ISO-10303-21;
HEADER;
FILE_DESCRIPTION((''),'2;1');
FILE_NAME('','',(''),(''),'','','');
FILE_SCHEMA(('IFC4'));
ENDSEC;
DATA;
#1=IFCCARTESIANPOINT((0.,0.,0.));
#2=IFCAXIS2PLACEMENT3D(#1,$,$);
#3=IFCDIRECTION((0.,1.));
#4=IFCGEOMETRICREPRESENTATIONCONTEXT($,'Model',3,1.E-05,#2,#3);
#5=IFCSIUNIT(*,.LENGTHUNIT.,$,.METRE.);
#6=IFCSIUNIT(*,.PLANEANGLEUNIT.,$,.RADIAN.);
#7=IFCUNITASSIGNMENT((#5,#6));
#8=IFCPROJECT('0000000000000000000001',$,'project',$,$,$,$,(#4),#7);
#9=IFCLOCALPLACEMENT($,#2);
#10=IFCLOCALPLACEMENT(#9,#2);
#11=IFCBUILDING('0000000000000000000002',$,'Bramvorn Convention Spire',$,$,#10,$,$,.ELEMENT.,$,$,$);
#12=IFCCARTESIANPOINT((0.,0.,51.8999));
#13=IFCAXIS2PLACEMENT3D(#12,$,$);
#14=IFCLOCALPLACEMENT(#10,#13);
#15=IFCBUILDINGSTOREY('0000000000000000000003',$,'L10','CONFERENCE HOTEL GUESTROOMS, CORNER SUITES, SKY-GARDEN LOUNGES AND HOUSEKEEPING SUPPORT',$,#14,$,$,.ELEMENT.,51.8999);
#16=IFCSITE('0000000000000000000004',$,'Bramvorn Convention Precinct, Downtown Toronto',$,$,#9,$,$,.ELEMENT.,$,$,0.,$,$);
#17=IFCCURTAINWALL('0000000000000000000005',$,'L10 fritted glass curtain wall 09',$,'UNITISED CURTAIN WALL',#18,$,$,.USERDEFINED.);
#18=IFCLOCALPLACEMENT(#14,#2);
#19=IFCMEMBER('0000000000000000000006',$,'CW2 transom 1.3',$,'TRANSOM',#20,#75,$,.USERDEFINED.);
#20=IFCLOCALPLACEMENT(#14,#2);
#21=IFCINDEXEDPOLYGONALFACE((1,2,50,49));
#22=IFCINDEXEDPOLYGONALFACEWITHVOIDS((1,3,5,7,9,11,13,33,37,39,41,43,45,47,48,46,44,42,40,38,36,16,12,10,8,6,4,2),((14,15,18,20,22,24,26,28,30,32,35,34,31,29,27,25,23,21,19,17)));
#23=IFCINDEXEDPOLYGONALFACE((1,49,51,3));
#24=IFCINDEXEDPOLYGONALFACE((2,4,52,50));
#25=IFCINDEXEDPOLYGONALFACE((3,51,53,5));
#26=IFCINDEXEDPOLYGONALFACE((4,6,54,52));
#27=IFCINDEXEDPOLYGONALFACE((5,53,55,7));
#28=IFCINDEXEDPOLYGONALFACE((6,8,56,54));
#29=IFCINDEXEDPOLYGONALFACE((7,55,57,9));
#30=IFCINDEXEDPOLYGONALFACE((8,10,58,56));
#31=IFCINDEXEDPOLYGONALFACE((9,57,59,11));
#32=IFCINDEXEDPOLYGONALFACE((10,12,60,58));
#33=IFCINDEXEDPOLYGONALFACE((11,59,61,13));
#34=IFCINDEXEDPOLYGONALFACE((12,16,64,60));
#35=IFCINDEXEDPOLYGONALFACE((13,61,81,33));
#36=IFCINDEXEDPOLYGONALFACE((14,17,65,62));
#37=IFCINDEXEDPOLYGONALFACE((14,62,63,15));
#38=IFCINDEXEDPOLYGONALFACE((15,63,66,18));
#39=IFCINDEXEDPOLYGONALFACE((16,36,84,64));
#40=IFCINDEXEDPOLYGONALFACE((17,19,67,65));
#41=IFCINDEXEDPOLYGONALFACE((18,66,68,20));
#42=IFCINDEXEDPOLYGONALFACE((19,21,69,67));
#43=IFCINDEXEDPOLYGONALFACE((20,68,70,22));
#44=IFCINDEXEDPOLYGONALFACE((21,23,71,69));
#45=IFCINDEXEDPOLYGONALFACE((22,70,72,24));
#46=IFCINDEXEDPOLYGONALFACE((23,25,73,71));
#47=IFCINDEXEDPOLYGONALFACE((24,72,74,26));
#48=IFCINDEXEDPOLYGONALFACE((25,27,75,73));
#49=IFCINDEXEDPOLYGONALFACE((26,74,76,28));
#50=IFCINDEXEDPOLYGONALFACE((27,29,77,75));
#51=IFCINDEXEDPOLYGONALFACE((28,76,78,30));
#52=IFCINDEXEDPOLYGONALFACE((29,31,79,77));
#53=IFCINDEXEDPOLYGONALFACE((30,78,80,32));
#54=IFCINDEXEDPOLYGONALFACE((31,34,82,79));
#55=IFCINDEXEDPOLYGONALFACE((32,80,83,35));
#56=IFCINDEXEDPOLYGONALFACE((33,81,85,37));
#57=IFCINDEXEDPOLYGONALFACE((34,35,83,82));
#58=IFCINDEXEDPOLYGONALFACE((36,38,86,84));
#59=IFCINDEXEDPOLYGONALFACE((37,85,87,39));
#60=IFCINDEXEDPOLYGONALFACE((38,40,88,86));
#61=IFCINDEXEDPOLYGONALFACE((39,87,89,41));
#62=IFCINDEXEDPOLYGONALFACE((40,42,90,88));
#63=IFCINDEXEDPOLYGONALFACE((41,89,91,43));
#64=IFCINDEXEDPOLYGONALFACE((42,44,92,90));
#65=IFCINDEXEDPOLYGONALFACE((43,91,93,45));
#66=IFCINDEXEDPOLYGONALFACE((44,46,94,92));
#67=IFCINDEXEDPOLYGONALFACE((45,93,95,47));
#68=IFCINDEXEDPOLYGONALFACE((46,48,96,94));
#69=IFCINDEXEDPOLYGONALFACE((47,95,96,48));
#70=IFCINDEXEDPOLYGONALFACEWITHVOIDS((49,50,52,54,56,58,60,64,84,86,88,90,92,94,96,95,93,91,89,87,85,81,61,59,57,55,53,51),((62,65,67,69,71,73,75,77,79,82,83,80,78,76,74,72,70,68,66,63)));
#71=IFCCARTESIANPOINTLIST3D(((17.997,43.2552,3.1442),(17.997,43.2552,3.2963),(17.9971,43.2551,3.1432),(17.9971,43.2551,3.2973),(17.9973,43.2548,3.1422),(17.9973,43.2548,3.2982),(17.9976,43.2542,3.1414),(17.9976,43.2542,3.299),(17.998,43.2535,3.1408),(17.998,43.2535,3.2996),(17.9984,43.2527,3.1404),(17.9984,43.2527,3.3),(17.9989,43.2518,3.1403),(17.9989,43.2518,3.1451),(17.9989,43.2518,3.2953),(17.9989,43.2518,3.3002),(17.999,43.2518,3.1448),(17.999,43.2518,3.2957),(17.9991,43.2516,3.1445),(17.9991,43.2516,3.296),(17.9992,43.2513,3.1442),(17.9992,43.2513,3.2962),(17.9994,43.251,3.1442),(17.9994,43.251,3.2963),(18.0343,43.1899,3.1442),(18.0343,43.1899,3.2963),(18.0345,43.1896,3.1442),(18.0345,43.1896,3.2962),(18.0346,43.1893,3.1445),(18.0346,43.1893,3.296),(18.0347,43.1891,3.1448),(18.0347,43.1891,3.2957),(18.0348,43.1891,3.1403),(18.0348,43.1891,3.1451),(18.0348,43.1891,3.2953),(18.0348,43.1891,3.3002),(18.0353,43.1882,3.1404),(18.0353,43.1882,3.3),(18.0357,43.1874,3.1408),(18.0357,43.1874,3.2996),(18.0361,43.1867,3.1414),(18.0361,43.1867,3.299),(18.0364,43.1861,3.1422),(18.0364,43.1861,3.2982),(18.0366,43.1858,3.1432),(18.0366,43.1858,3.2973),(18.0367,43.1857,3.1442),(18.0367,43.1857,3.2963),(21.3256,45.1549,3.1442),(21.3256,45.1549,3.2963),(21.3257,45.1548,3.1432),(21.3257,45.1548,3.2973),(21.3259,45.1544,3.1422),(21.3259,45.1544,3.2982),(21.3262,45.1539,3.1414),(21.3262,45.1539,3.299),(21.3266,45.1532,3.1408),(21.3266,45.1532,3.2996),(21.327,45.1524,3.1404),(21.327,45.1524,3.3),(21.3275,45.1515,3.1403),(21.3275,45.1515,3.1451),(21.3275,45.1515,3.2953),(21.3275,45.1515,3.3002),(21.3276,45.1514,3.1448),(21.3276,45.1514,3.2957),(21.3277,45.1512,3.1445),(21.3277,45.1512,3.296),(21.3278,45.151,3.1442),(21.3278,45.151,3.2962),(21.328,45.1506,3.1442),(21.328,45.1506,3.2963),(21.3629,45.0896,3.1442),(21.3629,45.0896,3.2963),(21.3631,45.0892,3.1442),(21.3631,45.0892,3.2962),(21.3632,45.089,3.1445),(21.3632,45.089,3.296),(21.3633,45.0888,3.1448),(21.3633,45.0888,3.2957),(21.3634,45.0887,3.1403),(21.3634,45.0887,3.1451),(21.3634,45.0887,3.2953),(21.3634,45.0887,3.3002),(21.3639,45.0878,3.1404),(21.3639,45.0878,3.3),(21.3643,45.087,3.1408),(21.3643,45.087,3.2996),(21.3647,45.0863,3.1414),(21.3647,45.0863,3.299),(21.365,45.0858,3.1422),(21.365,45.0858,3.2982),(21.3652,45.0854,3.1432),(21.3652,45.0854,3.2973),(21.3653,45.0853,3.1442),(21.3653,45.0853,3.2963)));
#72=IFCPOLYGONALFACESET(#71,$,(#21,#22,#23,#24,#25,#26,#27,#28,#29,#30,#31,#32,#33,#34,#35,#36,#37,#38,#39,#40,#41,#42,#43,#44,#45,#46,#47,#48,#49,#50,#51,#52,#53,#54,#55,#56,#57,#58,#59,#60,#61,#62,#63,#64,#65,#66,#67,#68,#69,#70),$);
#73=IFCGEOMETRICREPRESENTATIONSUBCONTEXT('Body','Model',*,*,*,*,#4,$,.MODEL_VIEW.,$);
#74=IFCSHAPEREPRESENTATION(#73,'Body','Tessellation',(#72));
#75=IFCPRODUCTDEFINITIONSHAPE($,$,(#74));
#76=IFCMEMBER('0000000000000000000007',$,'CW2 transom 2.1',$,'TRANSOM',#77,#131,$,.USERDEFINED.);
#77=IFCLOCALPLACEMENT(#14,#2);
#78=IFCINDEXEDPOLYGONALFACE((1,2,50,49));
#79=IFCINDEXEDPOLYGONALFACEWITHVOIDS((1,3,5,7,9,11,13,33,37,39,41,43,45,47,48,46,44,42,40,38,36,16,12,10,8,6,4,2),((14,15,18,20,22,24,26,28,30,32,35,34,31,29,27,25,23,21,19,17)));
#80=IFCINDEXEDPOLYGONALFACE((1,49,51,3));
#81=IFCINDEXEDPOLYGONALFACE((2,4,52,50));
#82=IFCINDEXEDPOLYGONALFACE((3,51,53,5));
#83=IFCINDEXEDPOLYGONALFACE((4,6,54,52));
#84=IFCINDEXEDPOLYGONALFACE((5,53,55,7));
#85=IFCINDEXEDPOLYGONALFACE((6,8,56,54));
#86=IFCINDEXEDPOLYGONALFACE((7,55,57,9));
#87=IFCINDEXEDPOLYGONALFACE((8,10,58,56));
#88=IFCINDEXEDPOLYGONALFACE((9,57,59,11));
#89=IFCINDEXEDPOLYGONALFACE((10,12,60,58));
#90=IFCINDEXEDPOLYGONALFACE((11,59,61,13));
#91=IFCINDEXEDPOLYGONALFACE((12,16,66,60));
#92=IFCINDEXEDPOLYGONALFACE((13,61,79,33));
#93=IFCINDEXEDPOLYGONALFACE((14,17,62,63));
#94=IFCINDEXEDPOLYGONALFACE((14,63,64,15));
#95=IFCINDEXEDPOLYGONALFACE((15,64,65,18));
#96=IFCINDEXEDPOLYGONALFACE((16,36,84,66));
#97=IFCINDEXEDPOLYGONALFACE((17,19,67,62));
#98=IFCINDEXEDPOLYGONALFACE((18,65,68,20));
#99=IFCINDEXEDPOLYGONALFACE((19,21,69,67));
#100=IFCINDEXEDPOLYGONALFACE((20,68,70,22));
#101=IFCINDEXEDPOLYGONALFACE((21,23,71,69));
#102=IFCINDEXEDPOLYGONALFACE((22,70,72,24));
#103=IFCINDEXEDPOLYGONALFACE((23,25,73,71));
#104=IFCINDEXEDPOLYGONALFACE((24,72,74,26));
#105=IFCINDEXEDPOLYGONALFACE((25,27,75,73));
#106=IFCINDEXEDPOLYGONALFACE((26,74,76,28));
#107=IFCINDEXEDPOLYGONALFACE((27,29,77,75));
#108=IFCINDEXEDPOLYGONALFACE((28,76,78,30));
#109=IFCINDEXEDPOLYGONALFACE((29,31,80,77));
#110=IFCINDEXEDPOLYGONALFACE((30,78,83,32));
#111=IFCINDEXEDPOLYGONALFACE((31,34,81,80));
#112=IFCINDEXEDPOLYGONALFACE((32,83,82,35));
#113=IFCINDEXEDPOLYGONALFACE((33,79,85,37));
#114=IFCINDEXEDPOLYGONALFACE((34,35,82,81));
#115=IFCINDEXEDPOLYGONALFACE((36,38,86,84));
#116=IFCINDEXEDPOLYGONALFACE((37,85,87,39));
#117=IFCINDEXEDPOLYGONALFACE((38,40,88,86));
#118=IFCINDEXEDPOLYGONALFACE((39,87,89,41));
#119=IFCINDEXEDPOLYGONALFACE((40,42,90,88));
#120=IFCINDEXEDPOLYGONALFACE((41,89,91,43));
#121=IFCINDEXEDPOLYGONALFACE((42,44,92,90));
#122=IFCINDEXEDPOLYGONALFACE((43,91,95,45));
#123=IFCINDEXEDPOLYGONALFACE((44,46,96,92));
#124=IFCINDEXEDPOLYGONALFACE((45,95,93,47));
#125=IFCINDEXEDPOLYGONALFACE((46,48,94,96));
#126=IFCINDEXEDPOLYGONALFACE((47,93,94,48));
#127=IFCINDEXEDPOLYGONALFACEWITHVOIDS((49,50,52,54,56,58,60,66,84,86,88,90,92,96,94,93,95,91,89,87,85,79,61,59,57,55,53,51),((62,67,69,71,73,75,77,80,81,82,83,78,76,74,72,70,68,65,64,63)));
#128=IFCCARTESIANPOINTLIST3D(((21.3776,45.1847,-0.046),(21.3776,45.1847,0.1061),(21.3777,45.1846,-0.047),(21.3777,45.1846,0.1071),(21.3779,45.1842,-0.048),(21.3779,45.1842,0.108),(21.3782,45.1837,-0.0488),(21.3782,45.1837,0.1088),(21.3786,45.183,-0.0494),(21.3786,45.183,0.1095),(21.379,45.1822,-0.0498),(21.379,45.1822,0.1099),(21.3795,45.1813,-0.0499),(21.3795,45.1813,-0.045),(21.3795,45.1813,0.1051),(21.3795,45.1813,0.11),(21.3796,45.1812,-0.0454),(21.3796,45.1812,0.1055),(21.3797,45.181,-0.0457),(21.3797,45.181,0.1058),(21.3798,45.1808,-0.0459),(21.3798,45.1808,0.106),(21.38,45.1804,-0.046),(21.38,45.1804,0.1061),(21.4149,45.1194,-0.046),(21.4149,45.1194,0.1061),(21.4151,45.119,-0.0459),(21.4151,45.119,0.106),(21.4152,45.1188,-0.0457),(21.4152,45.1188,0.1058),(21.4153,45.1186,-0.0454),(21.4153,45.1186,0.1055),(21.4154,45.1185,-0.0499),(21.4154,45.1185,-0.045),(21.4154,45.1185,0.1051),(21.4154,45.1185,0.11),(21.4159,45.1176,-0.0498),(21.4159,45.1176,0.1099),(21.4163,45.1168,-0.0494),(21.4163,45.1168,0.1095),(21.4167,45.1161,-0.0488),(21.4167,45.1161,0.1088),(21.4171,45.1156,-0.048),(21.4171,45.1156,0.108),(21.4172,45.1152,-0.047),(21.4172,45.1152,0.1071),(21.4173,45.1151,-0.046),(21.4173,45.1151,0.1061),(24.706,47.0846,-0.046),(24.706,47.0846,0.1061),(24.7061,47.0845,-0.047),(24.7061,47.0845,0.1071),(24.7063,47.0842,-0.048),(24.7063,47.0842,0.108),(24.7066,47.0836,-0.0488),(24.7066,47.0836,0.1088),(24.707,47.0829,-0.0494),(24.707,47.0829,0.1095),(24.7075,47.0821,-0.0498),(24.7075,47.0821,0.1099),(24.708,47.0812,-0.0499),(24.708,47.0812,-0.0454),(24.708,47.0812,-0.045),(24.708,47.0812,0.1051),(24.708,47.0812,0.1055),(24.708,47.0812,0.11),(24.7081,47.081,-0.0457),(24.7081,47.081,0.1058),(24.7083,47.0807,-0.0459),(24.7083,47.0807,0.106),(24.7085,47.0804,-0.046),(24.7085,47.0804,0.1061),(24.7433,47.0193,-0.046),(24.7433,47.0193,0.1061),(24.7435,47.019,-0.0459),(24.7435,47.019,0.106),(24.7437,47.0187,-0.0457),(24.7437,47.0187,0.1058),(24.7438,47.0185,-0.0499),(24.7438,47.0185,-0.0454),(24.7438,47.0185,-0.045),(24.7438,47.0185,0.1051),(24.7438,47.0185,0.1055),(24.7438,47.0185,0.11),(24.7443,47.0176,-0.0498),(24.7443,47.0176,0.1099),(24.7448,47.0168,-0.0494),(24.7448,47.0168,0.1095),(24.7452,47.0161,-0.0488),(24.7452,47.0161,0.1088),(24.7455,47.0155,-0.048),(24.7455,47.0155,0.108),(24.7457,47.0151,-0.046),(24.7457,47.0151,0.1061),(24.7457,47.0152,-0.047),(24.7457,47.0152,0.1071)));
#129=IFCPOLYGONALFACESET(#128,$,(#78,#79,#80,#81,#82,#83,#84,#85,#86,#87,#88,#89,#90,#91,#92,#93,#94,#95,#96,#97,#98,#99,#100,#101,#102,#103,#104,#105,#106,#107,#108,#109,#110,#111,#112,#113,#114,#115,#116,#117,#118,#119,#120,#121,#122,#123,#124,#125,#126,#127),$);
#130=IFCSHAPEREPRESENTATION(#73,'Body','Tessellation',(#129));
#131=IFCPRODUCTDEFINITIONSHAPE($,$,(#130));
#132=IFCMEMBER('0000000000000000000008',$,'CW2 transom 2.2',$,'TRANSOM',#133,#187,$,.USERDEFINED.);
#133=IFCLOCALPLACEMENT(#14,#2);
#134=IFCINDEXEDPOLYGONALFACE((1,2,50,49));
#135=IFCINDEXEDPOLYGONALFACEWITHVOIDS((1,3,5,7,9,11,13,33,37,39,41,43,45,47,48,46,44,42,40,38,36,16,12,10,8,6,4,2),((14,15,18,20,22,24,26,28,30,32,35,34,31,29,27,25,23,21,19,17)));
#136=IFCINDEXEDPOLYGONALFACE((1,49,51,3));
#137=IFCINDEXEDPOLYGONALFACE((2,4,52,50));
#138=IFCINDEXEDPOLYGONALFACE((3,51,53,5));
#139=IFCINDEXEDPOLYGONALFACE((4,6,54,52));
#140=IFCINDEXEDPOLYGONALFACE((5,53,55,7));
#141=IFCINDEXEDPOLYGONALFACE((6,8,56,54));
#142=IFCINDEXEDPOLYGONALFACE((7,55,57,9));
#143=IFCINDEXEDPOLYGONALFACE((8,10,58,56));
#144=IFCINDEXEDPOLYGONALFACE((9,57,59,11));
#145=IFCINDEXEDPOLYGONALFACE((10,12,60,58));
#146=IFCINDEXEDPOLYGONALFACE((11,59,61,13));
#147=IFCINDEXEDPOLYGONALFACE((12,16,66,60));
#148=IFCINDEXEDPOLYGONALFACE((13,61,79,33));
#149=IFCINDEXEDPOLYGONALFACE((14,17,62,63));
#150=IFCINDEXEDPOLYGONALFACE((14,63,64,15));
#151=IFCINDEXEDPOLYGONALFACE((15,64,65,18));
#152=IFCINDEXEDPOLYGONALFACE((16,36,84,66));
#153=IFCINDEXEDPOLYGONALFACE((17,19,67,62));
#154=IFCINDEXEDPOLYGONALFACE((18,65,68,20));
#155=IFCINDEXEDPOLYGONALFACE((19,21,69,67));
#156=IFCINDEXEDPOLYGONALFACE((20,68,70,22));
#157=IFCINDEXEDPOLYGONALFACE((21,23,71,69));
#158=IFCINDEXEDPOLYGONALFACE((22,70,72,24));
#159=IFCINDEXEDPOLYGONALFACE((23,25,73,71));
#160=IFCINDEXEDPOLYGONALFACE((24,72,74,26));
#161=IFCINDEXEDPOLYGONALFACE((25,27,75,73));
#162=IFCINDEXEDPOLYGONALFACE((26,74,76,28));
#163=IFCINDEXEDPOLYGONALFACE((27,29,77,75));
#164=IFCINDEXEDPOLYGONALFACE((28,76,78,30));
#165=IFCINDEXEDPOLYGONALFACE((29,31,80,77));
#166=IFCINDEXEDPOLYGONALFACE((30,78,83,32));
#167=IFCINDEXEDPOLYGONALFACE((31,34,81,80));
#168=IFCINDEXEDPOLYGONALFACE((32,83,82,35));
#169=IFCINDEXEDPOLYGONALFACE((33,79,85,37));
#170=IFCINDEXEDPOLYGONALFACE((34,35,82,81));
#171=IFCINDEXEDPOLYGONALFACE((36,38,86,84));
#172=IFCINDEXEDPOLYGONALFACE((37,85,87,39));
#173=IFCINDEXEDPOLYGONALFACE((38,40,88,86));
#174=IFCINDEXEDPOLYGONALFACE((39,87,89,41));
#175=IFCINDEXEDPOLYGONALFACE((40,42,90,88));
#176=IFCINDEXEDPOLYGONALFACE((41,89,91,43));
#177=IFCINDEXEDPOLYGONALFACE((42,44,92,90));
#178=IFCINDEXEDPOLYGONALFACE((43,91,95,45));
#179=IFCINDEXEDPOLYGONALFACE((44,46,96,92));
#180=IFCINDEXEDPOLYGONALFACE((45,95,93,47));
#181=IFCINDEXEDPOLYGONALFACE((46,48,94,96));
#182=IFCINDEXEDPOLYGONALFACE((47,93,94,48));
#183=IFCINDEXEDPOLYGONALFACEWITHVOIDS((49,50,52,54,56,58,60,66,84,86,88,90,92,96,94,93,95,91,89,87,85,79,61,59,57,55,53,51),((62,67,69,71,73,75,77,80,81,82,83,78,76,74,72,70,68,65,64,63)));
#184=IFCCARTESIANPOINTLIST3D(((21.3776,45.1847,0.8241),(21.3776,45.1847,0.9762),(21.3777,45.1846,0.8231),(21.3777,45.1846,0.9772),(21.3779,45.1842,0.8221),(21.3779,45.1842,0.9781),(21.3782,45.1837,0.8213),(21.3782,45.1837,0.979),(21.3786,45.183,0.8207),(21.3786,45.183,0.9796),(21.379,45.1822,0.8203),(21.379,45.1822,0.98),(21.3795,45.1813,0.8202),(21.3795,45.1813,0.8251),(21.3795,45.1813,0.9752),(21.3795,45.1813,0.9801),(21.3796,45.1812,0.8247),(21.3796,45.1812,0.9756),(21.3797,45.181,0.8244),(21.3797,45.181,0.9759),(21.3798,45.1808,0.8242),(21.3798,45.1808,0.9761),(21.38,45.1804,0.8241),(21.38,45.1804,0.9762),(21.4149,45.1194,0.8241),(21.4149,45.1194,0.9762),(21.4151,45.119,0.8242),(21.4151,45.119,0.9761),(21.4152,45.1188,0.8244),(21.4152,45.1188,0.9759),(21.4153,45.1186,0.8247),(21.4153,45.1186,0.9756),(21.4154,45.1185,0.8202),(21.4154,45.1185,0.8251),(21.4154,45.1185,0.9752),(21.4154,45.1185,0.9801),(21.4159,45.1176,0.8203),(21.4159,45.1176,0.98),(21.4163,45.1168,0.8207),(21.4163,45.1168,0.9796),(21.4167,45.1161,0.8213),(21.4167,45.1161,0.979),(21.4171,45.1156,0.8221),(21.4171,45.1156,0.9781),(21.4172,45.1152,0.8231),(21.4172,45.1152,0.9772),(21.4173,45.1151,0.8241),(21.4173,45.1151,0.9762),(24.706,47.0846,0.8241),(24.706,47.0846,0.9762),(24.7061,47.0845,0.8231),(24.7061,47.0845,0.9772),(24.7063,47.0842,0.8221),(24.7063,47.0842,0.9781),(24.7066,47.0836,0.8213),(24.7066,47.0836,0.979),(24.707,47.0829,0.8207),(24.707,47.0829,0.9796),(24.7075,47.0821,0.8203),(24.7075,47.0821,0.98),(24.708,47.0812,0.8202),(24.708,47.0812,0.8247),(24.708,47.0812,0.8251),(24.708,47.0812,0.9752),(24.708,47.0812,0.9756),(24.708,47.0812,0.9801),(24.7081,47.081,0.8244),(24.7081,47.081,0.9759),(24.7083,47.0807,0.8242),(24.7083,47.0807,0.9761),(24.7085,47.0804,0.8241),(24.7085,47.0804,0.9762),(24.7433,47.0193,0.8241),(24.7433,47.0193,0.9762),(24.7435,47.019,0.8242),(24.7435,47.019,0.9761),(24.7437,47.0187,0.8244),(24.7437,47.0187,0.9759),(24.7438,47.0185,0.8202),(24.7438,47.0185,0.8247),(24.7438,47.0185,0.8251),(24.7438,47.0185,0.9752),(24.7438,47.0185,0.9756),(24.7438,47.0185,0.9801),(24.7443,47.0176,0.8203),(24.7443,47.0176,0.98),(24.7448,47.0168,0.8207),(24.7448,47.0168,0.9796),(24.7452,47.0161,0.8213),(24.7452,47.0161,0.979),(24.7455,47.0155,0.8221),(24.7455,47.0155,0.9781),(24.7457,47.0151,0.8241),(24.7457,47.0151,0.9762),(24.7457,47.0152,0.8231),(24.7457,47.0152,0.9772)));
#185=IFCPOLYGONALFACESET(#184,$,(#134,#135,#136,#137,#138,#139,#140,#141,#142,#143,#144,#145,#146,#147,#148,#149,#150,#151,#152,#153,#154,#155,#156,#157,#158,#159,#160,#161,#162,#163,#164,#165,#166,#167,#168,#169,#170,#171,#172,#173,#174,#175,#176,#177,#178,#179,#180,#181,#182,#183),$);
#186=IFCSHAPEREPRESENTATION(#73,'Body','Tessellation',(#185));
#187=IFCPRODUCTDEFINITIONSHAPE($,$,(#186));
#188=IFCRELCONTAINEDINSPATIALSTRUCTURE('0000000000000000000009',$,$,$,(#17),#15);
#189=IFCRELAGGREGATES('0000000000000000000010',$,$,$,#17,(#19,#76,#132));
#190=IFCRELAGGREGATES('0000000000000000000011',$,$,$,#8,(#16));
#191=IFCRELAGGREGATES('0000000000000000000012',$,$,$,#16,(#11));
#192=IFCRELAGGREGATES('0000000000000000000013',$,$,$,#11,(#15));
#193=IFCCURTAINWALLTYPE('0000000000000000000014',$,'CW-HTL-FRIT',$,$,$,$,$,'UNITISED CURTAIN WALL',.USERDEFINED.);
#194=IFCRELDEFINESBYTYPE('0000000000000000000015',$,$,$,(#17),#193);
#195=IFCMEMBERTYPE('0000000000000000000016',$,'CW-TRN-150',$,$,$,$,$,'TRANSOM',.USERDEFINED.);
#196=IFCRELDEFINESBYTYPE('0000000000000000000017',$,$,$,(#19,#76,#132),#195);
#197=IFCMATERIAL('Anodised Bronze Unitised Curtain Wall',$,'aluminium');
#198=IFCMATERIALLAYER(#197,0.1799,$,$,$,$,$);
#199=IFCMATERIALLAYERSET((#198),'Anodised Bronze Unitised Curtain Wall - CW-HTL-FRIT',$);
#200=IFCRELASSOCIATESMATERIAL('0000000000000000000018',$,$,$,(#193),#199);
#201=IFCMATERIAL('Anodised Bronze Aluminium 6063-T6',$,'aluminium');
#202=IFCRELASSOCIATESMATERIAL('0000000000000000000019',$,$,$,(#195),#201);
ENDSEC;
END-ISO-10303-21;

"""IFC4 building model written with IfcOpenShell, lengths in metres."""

from ifc_helpers import new_model, si_unit, direction, frame, origin, origin_2d, place, context, subcontext, project, spatial, hollow_rectangle, extrude, material, layer, layer_set, material_profile, profile_set, type_object, element, aggregate, save


model = new_model("IFC4")

# Units and contexts
model_context = context("Model", 3, precision=1e-05, world=origin(), true_north=direction((0.0, 1.0)))
body_context = subcontext(model_context, "Body", "Model", "MODEL_VIEW")
ifc_project = project(units=[si_unit("LENGTHUNIT", "METRE"), si_unit("PLANEANGLEUNIT", "RADIAN")], contexts=[model_context])

# Site, building, storey
site_placement = place(None, origin())
site = spatial("IfcSite", under=ifc_project, at=site_placement, Name="Bramvorn Convention Precinct, Downtown Toronto", CompositionType="ELEMENT", RefElevation=0.0)
building_placement = place(site_placement, origin())
building = spatial("IfcBuilding", under=site, at=building_placement, Name="Bramvorn Convention Spire", CompositionType="ELEMENT")
storey_placement = place(building_placement, frame((0.0, 0.0, 51.8999)))
storey = spatial("IfcBuildingStorey", under=building, at=storey_placement, Name="L10", Description="CONFERENCE HOTEL GUESTROOMS, CORNER SUITES, SKY-GARDEN LOUNGES AND HOUSEKEEPING SUPPORT", CompositionType="ELEMENT", Elevation=51.8999)

# Curtain wall
ifc_material_1 = material(Name="Anodised Bronze Unitised Curtain Wall", Category="aluminium")
ifc_layer_1 = layer(ifc_material_1, 0.1799)
ifc_layer_set_1 = layer_set([ifc_layer_1], Name="Anodised Bronze Unitised Curtain Wall - CW-HTL-FRIT")
curtain_wall_type = type_object("IfcCurtainWallType", Name="CW-HTL-FRIT", ElementType="UNITISED CURTAIN WALL", PredefinedType="USERDEFINED", material=ifc_layer_set_1)
curtain_wall_1_placement = place(storey_placement, origin())
curtain_wall_1 = element("IfcCurtainWall", 1, at=curtain_wall_1_placement, inside=storey, type_object=curtain_wall_type, Name="L10 fritted glass curtain wall 09", ObjectType="UNITISED CURTAIN WALL", PredefinedType="USERDEFINED")
ifc_material_2 = material(Name="Anodised Bronze Aluminium 6063-T6", Category="aluminium")

# Members
ifc_material_profile_1 = material_profile(ifc_material_2, hollow_rectangle(XDim=0.0801, YDim=0.1599, WallThickness=0.0039, InnerFilletRadius=0.001, OuterFilletRadius=0.0039, at=origin_2d()))
ifc_profile_set_1 = profile_set([ifc_material_profile_1], Name="Anodised Bronze Aluminium 6063-T6 - CWT80X160")
member_type_1 = type_object("IfcMemberType", Name="CW-TRN-150", ElementType="TRANSOM", PredefinedType="USERDEFINED", material=ifc_profile_set_1)
member_1_placement = place(storey_placement, frame((18.0168, 43.2205, 3.2202), z_axis=(0.868514, 0.495666, 0.0), x_axis=(-0.495666, 0.868514, 0.0)))
member_1 = element("IfcMember", 2, at=member_1_placement, type_object=member_type_1, Name="CW2 transom 1.3", ObjectType="TRANSOM", PredefinedType="USERDEFINED", context=body_context, shape_type="SweptSolid", body=[
    extrude(hollow_rectangle(XDim=0.0801, YDim=0.1599, WallThickness=0.0039, InnerFilletRadius=0.001, OuterFilletRadius=0.0039, at=origin_2d()), origin(), (0.0, 0.0, 1.0), 3.8325),
])
member_2_placement = place(storey_placement, frame((21.3975, 45.1499, 0.03), z_axis=(0.86847, 0.495741, 0.0), x_axis=(-0.495741, 0.86847, 0.0)))
member_2 = element("IfcMember", 3, at=member_2_placement, type_object=member_type_1, Name="CW2 transom 2.1", ObjectType="TRANSOM", PredefinedType="USERDEFINED", context=body_context, shape_type="SweptSolid", body=[
    extrude(hollow_rectangle(XDim=0.0801, YDim=0.1599, WallThickness=0.0039, InnerFilletRadius=0.001, OuterFilletRadius=0.0039, at=origin_2d()), origin(), (0.0, 0.0, 1.0), 3.8325),
])
member_3_placement = place(storey_placement, frame((21.3975, 45.1499, 0.9001), z_axis=(0.86847, 0.495741, 0.0), x_axis=(-0.495741, 0.86847, 0.0)))
member_3 = element("IfcMember", 4, at=member_3_placement, type_object=member_type_1, Name="CW2 transom 2.2", ObjectType="TRANSOM", PredefinedType="USERDEFINED", context=body_context, shape_type="SweptSolid", body=[
    extrude(hollow_rectangle(XDim=0.0801, YDim=0.1599, WallThickness=0.0039, InnerFilletRadius=0.001, OuterFilletRadius=0.0039, at=origin_2d()), origin(), (0.0, 0.0, 1.0), 3.8325),
])

aggregate(curtain_wall_1, [member_1, member_2, member_3])

save(model, "model.ifc")
